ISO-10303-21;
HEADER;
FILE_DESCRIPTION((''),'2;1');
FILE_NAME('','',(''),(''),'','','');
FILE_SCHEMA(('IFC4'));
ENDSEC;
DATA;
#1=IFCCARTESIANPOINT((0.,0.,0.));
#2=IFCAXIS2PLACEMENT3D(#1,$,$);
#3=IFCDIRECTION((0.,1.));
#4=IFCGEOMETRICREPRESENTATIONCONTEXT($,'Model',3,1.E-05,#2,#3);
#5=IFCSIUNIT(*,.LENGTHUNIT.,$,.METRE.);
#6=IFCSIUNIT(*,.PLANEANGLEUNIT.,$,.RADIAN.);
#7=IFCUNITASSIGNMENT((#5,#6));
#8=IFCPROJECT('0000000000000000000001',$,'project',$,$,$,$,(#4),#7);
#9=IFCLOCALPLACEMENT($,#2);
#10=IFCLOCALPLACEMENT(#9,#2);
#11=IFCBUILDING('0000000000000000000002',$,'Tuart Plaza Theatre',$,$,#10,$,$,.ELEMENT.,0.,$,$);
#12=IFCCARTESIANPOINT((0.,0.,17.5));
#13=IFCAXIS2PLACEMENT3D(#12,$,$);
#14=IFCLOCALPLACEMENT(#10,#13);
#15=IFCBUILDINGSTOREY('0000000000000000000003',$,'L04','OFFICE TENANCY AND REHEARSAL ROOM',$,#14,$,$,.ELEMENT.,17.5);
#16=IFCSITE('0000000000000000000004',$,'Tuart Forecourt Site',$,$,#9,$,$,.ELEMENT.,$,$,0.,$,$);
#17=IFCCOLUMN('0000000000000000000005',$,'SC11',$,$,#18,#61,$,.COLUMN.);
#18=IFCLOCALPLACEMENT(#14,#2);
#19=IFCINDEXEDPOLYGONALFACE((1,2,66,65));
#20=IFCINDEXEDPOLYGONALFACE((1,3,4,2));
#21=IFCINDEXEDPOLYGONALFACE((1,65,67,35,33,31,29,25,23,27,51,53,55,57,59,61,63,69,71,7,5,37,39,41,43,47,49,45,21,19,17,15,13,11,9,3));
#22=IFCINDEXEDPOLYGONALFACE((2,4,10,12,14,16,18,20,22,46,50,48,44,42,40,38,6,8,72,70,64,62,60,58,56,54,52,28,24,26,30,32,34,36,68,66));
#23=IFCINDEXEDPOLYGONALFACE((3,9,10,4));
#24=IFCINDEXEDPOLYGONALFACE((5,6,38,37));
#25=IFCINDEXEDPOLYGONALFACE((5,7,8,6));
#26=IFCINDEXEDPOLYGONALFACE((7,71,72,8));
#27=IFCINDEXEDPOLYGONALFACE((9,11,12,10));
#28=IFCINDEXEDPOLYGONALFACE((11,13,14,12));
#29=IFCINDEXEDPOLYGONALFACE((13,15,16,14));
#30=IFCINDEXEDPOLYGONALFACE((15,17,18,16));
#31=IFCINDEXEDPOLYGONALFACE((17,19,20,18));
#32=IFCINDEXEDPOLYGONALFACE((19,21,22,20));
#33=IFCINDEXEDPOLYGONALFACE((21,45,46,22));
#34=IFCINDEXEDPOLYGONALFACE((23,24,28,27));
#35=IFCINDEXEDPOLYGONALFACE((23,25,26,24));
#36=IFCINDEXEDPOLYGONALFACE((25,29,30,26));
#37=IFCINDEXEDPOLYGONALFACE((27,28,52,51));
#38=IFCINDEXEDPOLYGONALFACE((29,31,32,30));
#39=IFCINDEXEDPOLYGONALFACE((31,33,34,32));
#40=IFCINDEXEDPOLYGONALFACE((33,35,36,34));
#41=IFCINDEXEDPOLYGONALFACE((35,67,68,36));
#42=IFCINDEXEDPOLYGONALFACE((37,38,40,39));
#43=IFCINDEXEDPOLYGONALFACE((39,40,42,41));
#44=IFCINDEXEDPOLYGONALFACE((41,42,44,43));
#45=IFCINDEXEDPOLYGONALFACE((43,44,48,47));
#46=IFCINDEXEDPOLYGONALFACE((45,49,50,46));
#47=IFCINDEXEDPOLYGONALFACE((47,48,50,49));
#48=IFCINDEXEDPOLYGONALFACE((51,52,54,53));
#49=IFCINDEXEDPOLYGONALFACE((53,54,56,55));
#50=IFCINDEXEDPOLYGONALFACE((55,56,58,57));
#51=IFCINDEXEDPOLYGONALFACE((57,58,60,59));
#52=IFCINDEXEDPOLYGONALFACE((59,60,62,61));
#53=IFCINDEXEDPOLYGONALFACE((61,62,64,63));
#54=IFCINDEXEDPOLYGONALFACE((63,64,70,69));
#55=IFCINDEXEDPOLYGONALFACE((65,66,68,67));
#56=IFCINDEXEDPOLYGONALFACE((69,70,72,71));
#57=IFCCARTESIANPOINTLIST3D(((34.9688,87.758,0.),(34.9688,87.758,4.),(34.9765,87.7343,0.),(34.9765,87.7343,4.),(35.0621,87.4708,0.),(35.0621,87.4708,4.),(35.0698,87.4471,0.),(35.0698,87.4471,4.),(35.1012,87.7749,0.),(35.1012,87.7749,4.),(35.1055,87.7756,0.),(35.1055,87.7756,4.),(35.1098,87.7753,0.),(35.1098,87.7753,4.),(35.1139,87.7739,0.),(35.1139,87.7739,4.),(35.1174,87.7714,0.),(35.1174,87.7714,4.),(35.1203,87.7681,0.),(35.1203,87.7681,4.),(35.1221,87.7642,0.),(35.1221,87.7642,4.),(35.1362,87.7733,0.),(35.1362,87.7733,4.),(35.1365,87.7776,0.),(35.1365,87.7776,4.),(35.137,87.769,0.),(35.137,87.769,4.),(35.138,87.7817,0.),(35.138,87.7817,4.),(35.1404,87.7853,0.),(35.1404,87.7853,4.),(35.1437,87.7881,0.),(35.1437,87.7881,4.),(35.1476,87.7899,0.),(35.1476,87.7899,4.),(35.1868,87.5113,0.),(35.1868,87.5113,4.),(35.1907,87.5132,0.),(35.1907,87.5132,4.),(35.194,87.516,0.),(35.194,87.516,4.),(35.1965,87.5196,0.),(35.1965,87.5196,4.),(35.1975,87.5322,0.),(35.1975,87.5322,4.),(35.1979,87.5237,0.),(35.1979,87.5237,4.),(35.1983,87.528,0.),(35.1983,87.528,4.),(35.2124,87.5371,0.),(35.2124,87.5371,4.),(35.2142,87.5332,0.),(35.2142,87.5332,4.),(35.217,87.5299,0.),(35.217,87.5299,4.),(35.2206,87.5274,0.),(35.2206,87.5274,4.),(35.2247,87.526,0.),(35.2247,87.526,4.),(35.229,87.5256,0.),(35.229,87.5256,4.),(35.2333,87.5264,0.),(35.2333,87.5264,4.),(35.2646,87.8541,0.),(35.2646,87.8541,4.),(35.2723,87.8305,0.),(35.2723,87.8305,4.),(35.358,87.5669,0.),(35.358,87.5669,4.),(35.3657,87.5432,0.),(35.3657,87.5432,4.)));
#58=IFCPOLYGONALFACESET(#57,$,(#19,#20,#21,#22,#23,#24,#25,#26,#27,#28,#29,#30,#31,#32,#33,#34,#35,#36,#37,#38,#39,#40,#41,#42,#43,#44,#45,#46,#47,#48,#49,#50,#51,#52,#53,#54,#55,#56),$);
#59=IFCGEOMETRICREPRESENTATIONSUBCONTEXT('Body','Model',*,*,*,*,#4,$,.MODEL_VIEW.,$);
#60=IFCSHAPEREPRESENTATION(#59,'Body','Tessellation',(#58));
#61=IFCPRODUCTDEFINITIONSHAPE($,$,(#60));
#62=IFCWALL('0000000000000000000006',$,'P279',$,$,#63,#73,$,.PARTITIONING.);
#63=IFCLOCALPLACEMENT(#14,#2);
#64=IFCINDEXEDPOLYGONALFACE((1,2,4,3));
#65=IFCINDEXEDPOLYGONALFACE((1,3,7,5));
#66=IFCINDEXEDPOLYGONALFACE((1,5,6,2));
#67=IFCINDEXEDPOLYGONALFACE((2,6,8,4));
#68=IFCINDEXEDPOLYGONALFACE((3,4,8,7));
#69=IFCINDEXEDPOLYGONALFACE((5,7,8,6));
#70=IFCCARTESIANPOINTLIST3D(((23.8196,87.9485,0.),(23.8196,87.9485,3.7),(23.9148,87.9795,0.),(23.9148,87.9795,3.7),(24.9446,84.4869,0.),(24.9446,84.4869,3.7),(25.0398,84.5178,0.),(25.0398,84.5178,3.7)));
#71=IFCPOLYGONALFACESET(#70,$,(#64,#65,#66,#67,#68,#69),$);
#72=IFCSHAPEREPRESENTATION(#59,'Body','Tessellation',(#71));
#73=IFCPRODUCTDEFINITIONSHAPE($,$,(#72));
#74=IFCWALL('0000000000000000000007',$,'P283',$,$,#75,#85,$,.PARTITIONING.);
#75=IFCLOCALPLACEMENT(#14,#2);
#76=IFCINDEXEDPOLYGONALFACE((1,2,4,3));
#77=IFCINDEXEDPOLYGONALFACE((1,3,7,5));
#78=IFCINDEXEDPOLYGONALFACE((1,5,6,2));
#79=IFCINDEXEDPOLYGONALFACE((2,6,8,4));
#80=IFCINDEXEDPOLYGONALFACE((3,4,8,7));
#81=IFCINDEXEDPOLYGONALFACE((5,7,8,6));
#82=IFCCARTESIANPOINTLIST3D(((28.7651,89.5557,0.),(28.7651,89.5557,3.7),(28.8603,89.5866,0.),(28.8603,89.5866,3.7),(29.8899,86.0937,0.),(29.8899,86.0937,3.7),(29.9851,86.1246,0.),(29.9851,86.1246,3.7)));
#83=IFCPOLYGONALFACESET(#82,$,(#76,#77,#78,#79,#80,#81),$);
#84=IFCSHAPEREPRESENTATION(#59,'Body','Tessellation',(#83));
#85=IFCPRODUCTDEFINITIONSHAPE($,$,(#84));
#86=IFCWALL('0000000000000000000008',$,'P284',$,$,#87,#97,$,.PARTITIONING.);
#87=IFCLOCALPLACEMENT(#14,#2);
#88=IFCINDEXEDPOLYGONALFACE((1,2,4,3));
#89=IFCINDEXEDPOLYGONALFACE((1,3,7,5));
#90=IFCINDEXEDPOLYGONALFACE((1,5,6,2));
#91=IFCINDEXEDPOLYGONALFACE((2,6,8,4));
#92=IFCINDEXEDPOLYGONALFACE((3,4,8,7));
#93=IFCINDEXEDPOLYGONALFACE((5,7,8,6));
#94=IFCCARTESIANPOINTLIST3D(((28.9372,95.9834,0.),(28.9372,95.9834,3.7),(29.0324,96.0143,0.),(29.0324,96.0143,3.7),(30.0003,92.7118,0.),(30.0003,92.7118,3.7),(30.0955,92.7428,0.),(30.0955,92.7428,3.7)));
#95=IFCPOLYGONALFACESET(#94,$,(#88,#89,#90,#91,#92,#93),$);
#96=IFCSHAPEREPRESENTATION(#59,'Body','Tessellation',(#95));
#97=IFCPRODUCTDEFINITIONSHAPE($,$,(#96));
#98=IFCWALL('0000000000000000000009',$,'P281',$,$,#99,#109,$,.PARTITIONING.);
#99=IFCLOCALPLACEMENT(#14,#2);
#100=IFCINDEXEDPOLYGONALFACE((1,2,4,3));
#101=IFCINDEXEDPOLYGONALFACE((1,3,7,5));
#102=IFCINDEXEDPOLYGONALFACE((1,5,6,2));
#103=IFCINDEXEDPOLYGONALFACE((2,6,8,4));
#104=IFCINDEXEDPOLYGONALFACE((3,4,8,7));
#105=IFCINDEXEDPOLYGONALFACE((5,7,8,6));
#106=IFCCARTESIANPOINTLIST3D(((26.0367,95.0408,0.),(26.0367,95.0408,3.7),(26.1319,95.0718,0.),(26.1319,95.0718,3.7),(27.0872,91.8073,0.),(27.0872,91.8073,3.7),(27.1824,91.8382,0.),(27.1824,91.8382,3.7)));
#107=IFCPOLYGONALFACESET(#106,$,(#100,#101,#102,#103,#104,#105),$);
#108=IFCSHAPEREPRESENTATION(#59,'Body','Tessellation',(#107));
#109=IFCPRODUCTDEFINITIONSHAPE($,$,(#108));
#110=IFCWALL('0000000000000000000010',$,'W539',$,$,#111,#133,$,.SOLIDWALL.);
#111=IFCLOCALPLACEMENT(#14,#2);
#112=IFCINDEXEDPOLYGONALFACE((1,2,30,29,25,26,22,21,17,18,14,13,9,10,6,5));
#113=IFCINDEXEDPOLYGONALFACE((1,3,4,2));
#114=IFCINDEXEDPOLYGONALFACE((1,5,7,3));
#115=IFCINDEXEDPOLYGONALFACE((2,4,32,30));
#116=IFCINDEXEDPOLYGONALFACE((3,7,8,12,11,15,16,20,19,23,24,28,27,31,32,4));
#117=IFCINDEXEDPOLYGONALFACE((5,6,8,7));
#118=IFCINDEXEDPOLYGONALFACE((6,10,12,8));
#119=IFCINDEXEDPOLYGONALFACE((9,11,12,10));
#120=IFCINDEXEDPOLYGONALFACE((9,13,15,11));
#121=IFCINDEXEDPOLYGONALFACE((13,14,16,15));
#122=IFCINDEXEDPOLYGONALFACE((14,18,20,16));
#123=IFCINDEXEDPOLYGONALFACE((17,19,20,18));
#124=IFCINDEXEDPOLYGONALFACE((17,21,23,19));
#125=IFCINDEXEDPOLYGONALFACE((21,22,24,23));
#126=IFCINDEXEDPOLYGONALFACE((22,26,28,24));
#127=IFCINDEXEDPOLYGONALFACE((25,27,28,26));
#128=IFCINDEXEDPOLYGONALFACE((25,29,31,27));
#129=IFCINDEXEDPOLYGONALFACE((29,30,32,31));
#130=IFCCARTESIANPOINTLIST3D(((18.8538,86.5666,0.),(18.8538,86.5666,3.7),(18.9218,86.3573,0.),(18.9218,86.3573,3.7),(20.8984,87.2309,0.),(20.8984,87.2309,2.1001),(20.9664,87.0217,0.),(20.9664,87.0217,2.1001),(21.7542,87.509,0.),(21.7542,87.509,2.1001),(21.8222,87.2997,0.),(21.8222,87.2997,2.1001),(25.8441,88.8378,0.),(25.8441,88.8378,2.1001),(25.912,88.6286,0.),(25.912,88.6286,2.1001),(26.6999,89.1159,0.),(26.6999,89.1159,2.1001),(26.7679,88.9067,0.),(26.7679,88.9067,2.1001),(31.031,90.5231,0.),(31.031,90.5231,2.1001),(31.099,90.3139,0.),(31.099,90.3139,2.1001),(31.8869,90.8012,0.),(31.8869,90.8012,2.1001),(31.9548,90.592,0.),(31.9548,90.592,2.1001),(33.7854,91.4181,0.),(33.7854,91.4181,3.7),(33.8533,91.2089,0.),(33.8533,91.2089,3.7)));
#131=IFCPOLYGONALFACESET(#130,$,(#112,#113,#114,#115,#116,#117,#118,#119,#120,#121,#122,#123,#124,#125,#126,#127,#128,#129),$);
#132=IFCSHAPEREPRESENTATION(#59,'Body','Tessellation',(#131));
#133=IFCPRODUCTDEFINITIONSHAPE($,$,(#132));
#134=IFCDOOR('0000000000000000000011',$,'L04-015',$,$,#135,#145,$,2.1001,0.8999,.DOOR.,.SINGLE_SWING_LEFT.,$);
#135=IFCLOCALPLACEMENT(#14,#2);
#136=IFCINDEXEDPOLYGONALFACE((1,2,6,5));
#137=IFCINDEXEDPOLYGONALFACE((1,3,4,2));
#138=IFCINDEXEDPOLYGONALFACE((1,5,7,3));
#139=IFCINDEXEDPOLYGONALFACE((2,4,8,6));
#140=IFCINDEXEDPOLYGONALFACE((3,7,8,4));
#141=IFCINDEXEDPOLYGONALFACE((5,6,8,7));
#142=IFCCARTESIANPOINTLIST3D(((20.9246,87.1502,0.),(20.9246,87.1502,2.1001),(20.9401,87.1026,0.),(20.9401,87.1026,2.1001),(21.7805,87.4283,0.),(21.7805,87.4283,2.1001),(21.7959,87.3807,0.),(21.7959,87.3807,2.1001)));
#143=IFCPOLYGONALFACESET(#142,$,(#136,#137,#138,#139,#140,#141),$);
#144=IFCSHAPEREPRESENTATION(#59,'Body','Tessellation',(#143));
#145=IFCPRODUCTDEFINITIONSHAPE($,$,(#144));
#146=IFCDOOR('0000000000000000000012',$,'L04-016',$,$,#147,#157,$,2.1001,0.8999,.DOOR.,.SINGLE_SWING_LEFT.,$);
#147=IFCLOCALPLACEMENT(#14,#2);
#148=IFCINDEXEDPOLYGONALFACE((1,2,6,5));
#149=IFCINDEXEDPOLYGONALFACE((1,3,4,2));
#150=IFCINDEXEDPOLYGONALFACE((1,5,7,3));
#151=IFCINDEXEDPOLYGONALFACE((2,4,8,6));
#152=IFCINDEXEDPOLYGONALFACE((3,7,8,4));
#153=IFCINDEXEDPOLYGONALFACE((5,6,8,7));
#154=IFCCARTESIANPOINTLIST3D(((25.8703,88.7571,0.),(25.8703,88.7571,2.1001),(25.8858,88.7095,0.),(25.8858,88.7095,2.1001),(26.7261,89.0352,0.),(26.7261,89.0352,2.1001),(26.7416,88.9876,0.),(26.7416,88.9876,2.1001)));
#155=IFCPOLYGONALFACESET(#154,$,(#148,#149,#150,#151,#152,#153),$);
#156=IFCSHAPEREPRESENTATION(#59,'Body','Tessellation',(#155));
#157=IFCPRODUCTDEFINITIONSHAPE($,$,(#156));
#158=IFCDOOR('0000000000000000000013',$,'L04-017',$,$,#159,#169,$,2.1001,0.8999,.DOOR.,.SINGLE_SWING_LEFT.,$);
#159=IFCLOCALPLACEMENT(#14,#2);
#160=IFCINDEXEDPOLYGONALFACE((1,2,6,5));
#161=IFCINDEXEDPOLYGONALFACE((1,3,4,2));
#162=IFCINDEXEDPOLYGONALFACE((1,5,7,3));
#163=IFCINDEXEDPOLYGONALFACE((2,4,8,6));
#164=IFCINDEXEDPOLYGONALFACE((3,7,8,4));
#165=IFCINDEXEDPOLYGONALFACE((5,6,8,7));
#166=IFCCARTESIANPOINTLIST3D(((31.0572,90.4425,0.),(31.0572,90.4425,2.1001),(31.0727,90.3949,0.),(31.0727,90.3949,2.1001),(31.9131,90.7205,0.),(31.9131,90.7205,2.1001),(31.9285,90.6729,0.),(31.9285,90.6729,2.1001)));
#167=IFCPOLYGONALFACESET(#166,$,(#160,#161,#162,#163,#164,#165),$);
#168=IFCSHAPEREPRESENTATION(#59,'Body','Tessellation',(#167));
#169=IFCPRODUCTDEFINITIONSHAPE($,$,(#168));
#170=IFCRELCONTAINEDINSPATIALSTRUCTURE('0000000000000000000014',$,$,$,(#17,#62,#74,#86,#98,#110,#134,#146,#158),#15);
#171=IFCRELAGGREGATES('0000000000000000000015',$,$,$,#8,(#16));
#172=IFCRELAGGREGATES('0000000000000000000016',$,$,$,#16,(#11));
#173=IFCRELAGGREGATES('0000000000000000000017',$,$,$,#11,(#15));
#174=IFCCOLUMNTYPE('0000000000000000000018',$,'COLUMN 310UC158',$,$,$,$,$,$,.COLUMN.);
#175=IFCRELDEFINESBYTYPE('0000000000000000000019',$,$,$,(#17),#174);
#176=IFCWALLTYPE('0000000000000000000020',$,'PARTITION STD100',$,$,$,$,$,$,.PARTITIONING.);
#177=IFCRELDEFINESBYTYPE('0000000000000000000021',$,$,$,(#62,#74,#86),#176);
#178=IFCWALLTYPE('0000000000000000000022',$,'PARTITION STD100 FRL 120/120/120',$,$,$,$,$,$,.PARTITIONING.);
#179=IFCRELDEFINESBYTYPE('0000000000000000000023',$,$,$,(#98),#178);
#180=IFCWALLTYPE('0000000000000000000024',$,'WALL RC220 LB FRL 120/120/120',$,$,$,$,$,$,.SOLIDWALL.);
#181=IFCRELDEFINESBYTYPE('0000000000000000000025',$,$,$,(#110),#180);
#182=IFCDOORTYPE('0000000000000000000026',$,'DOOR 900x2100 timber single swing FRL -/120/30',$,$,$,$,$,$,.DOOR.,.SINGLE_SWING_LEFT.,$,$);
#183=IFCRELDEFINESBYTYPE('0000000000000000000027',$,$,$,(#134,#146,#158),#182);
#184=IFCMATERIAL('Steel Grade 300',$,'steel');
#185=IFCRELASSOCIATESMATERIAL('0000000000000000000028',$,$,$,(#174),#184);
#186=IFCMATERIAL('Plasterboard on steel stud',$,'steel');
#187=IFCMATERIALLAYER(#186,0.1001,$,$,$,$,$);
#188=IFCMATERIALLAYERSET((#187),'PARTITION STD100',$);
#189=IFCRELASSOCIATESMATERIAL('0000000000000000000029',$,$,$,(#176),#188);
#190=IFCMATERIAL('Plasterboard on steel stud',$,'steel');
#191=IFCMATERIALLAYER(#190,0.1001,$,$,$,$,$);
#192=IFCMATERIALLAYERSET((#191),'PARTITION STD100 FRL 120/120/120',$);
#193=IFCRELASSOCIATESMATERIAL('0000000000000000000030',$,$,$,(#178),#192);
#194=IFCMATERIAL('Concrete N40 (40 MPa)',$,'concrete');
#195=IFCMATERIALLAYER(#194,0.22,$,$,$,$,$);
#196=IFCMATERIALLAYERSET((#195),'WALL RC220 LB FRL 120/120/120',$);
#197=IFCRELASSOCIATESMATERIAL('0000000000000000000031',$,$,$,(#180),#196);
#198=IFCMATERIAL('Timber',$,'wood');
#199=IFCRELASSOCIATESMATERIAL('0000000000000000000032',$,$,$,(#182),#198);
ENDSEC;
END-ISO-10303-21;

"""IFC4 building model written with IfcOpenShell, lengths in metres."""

from ifc_helpers import new_model, si_unit, direction, frame, frame_2d, origin, origin_2d, place, context, subcontext, project, spatial, rectangle, i_section, extrude, material, layer, layer_set, material_profile, profile_set, type_object, element, fill, save


model = new_model("IFC4")

# Units and contexts
model_context = context("Model", 3, precision=1e-05, world=origin(), true_north=direction((0.0, 1.0)))
body_context = subcontext(model_context, "Body", "Model", "MODEL_VIEW")
ifc_project = project(units=[si_unit("LENGTHUNIT", "METRE"), si_unit("PLANEANGLEUNIT", "RADIAN")], contexts=[model_context])

# Site, building, storey
site_placement = place(None, origin())
site = spatial("IfcSite", under=ifc_project, at=site_placement, Name="Tuart Forecourt Site", CompositionType="ELEMENT", RefElevation=0.0)
building_placement = place(site_placement, origin())
building = spatial("IfcBuilding", under=site, at=building_placement, Name="Tuart Plaza Theatre", CompositionType="ELEMENT", ElevationOfRefHeight=0.0)
storey_placement = place(building_placement, frame((0.0, 0.0, 17.5)))
storey = spatial("IfcBuildingStorey", under=building, at=storey_placement, Name="L04", Description="OFFICE TENANCY AND REHEARSAL ROOM", CompositionType="ELEMENT", Elevation=17.5)

# Column
ifc_material_1 = material(Name="Steel Grade 300", Category="steel")
ifc_material_profile = material_profile(ifc_material_1, i_section(OverallWidth=0.311, OverallDepth=0.3269, WebThickness=0.0156, FlangeThickness=0.0249, FilletRadius=0.0166, at=origin_2d()), Name="310UC158")
ifc_profile_set = profile_set([ifc_material_profile], Name="Steel Grade 300")
column_type = type_object("IfcColumnType", Name="COLUMN 310UC158", PredefinedType="COLUMN", material=ifc_profile_set)
column_placement = place(storey_placement, frame((35.1672, 87.6506, 0.0), z_axis=(0.0, 0.0, 1.0), x_axis=(0.951057, 0.309017, 0.0)))
element("IfcColumn", 1, at=column_placement, inside=storey, type_object=column_type, Name="SC11", PredefinedType="COLUMN", context=body_context, shape_type="SweptSolid", body=[
    extrude(i_section(OverallWidth=0.311, OverallDepth=0.3269, WebThickness=0.0156, FlangeThickness=0.0249, FilletRadius=0.0166, at=origin_2d()), origin(), (0.0, 0.0, 1.0), 4.0),
])

# Walls
ifc_material_2 = material(Name="Plasterboard on steel stud", Category="steel")
ifc_layer_1 = layer(ifc_material_2, 0.1001)
ifc_layer_set_1 = layer_set([ifc_layer_1], Name="PARTITION STD100")
wall_type_1 = type_object("IfcWallType", Name="PARTITION STD100", PredefinedType="PARTITIONING", material=ifc_layer_set_1)
wall_1_placement = place(storey_placement, frame((24.9922, 84.5024, 0.0), z_axis=(0.0, 0.0, 1.0), x_axis=(-0.309075, 0.951038, 0.0)))
element("IfcWall", 2, at=wall_1_placement, inside=storey, type_object=wall_type_1, Name="P279", PredefinedType="PARTITIONING", context=body_context, shape_type="SweptSolid", body=[
    extrude(rectangle(XDim=3.6399, YDim=0.1001, at=frame_2d((1.8198, 0.0))), origin(), (0.0, 0.0, 1.0), 3.7),
])
wall_2_placement = place(storey_placement, frame((29.9375, 86.1091, 0.0), z_axis=(0.0, 0.0, 1.0), x_axis=(-0.308995, 0.951064, 0.0)))
element("IfcWall", 3, at=wall_2_placement, inside=storey, type_object=wall_type_1, Name="P283", PredefinedType="PARTITIONING", context=body_context, shape_type="SweptSolid", body=[
    extrude(rectangle(XDim=3.6401, YDim=0.1001, at=frame_2d((1.8201, 0.0))), origin(), (0.0, 0.0, 1.0), 3.7),
])
wall_3_placement = place(storey_placement, frame((30.0479, 92.7273, 0.0), z_axis=(0.0, 0.0, 1.0), x_axis=(-0.309022, 0.951055, 0.0)))
element("IfcWall", 4, at=wall_3_placement, inside=storey, type_object=wall_type_1, Name="P284", PredefinedType="PARTITIONING", context=body_context, shape_type="SweptSolid", body=[
    extrude(rectangle(XDim=3.4399, YDim=0.1001, at=frame_2d((1.72, 0.0))), origin(), (0.0, 0.0, 1.0), 3.7),
])
ifc_material_3 = material(Name="Plasterboard on steel stud", Category="steel")
ifc_layer_2 = layer(ifc_material_3, 0.1001)
ifc_layer_set_2 = layer_set([ifc_layer_2], Name="PARTITION STD100 FRL 120/120/120")
wall_type_2 = type_object("IfcWallType", Name="PARTITION STD100 FRL 120/120/120", PredefinedType="PARTITIONING", material=ifc_layer_set_2)
wall_4_placement = place(storey_placement, frame((27.1348, 91.8228, 0.0), z_axis=(0.0, 0.0, 1.0), x_axis=(-0.308981, 0.951068, 0.0)))
element("IfcWall", 5, at=wall_4_placement, inside=storey, type_object=wall_type_2, Name="P281", PredefinedType="PARTITIONING", context=body_context, shape_type="SweptSolid", body=[
    extrude(rectangle(XDim=3.3999, YDim=0.1001, at=frame_2d((1.7, 0.0))), origin(), (0.0, 0.0, 1.0), 3.7),
])

# Wall, openings, doors
ifc_material_4 = material(Name="Concrete N40 (40 MPa)", Category="concrete")
ifc_layer_3 = layer(ifc_material_4, 0.22)
ifc_layer_set_3 = layer_set([ifc_layer_3], Name="WALL RC220 LB FRL 120/120/120")
wall_type_3 = type_object("IfcWallType", Name="WALL RC220 LB FRL 120/120/120", PredefinedType="SOLIDWALL", material=ifc_layer_set_3)
wall_5_placement = place(storey_placement, frame((18.8877, 86.4619, 0.0), z_axis=(0.0, 0.0, 1.0), x_axis=(0.951057, 0.309016, 0.0)))
wall_5 = element("IfcWall", 6, at=wall_5_placement, inside=storey, type_object=wall_type_3, Name="W539", PredefinedType="SOLIDWALL", context=body_context, shape_type="SweptSolid", body=[
    extrude(rectangle(XDim=15.7, YDim=0.22, at=frame_2d((7.8501, 0.0))), origin(), (0.0, 0.0, 1.0), 3.7),
])
opening_1_placement = place(wall_5_placement, frame((2.1499, 0.0, 0.0)))
opening_1 = element("IfcOpeningElement", 7, at=opening_1_placement, cuts=wall_5, PredefinedType="OPENING", context=body_context, shape_type="SweptSolid", body=[
    extrude(rectangle(XDim=0.8999, YDim=2.1001, at=frame_2d((0.45, 1.05))), frame((0.0, 0.1199, 0.0), z_axis=(0.0, -1.0, 0.0), x_axis=(1.0, 0.0, 0.0)), (0.0, 0.0, 1.0), 0.24),
])
opening_2_placement = place(wall_5_placement, frame((7.3501, 0.0, 0.0)))
opening_2 = element("IfcOpeningElement", 8, at=opening_2_placement, cuts=wall_5, PredefinedType="OPENING", context=body_context, shape_type="SweptSolid", body=[
    extrude(rectangle(XDim=0.8999, YDim=2.1001, at=frame_2d((0.45, 1.05))), frame((0.0, 0.1199, 0.0), z_axis=(0.0, -1.0, 0.0), x_axis=(1.0, 0.0, 0.0)), (0.0, 0.0, 1.0), 0.24),
])
opening_3_placement = place(wall_5_placement, frame((12.804, 0.0, 0.0)))
opening_3 = element("IfcOpeningElement", 9, at=opening_3_placement, cuts=wall_5, PredefinedType="OPENING", context=body_context, shape_type="SweptSolid", body=[
    extrude(rectangle(XDim=0.8999, YDim=2.1001, at=frame_2d((0.45, 1.05))), frame((0.0, 0.1199, 0.0), z_axis=(0.0, -1.0, 0.0), x_axis=(1.0, 0.0, 0.0)), (0.0, 0.0, 1.0), 0.24),
])
ifc_material_5 = material(Name="Timber", Category="wood")
door_type_1 = type_object("IfcDoorType", Name="DOOR 900x2100 timber single swing FRL -/120/30", OperationType="SINGLE_SWING_LEFT", PredefinedType="DOOR", material=ifc_material_5)
door_1_placement = place(opening_1_placement, frame((0.8999, 0.0, 0.0), z_axis=(0.0, 0.0, 1.0), x_axis=(-1.0, 0.0, 0.0)))
door_1 = element("IfcDoor", 10, at=door_1_placement, inside=storey, type_object=door_type_1, Name="L04-015", OperationType="SINGLE_SWING_LEFT", OverallHeight=2.1001, OverallWidth=0.8999, PredefinedType="DOOR", context=body_context, shape_type="SweptSolid", body=[
    extrude(rectangle(XDim=0.8999, YDim=2.1001, at=frame_2d((0.45, 1.05))), frame((0.0, 0.0249, 0.0), z_axis=(0.0, -1.0, 0.0), x_axis=(1.0, 0.0, 0.0)), (0.0, 0.0, 1.0), 0.05),
])
fill(opening_1, door_1)
door_2_placement = place(opening_2_placement, frame((0.8999, 0.0, 0.0), z_axis=(0.0, 0.0, 1.0), x_axis=(-1.0, 0.0, 0.0)))
door_2 = element("IfcDoor", 11, at=door_2_placement, inside=storey, type_object=door_type_1, Name="L04-016", OperationType="SINGLE_SWING_LEFT", OverallHeight=2.1001, OverallWidth=0.8999, PredefinedType="DOOR", context=body_context, shape_type="SweptSolid", body=[
    extrude(rectangle(XDim=0.8999, YDim=2.1001, at=frame_2d((0.45, 1.05))), frame((0.0, 0.0249, 0.0), z_axis=(0.0, -1.0, 0.0), x_axis=(1.0, 0.0, 0.0)), (0.0, 0.0, 1.0), 0.05),
])
fill(opening_2, door_2)
door_3_placement = place(opening_3_placement, frame((0.8999, 0.0, 0.0), z_axis=(0.0, 0.0, 1.0), x_axis=(-1.0, 0.0, 0.0)))
door_3 = element("IfcDoor", 12, at=door_3_placement, inside=storey, type_object=door_type_1, Name="L04-017", OperationType="SINGLE_SWING_LEFT", OverallHeight=2.1001, OverallWidth=0.8999, PredefinedType="DOOR", context=body_context, shape_type="SweptSolid", body=[
    extrude(rectangle(XDim=0.8999, YDim=2.1001, at=frame_2d((0.45, 1.05))), frame((0.0, 0.0249, 0.0), z_axis=(0.0, -1.0, 0.0), x_axis=(1.0, 0.0, 0.0)), (0.0, 0.0, 1.0), 0.05),
])
fill(opening_3, door_3)

save(model, "model.ifc")
